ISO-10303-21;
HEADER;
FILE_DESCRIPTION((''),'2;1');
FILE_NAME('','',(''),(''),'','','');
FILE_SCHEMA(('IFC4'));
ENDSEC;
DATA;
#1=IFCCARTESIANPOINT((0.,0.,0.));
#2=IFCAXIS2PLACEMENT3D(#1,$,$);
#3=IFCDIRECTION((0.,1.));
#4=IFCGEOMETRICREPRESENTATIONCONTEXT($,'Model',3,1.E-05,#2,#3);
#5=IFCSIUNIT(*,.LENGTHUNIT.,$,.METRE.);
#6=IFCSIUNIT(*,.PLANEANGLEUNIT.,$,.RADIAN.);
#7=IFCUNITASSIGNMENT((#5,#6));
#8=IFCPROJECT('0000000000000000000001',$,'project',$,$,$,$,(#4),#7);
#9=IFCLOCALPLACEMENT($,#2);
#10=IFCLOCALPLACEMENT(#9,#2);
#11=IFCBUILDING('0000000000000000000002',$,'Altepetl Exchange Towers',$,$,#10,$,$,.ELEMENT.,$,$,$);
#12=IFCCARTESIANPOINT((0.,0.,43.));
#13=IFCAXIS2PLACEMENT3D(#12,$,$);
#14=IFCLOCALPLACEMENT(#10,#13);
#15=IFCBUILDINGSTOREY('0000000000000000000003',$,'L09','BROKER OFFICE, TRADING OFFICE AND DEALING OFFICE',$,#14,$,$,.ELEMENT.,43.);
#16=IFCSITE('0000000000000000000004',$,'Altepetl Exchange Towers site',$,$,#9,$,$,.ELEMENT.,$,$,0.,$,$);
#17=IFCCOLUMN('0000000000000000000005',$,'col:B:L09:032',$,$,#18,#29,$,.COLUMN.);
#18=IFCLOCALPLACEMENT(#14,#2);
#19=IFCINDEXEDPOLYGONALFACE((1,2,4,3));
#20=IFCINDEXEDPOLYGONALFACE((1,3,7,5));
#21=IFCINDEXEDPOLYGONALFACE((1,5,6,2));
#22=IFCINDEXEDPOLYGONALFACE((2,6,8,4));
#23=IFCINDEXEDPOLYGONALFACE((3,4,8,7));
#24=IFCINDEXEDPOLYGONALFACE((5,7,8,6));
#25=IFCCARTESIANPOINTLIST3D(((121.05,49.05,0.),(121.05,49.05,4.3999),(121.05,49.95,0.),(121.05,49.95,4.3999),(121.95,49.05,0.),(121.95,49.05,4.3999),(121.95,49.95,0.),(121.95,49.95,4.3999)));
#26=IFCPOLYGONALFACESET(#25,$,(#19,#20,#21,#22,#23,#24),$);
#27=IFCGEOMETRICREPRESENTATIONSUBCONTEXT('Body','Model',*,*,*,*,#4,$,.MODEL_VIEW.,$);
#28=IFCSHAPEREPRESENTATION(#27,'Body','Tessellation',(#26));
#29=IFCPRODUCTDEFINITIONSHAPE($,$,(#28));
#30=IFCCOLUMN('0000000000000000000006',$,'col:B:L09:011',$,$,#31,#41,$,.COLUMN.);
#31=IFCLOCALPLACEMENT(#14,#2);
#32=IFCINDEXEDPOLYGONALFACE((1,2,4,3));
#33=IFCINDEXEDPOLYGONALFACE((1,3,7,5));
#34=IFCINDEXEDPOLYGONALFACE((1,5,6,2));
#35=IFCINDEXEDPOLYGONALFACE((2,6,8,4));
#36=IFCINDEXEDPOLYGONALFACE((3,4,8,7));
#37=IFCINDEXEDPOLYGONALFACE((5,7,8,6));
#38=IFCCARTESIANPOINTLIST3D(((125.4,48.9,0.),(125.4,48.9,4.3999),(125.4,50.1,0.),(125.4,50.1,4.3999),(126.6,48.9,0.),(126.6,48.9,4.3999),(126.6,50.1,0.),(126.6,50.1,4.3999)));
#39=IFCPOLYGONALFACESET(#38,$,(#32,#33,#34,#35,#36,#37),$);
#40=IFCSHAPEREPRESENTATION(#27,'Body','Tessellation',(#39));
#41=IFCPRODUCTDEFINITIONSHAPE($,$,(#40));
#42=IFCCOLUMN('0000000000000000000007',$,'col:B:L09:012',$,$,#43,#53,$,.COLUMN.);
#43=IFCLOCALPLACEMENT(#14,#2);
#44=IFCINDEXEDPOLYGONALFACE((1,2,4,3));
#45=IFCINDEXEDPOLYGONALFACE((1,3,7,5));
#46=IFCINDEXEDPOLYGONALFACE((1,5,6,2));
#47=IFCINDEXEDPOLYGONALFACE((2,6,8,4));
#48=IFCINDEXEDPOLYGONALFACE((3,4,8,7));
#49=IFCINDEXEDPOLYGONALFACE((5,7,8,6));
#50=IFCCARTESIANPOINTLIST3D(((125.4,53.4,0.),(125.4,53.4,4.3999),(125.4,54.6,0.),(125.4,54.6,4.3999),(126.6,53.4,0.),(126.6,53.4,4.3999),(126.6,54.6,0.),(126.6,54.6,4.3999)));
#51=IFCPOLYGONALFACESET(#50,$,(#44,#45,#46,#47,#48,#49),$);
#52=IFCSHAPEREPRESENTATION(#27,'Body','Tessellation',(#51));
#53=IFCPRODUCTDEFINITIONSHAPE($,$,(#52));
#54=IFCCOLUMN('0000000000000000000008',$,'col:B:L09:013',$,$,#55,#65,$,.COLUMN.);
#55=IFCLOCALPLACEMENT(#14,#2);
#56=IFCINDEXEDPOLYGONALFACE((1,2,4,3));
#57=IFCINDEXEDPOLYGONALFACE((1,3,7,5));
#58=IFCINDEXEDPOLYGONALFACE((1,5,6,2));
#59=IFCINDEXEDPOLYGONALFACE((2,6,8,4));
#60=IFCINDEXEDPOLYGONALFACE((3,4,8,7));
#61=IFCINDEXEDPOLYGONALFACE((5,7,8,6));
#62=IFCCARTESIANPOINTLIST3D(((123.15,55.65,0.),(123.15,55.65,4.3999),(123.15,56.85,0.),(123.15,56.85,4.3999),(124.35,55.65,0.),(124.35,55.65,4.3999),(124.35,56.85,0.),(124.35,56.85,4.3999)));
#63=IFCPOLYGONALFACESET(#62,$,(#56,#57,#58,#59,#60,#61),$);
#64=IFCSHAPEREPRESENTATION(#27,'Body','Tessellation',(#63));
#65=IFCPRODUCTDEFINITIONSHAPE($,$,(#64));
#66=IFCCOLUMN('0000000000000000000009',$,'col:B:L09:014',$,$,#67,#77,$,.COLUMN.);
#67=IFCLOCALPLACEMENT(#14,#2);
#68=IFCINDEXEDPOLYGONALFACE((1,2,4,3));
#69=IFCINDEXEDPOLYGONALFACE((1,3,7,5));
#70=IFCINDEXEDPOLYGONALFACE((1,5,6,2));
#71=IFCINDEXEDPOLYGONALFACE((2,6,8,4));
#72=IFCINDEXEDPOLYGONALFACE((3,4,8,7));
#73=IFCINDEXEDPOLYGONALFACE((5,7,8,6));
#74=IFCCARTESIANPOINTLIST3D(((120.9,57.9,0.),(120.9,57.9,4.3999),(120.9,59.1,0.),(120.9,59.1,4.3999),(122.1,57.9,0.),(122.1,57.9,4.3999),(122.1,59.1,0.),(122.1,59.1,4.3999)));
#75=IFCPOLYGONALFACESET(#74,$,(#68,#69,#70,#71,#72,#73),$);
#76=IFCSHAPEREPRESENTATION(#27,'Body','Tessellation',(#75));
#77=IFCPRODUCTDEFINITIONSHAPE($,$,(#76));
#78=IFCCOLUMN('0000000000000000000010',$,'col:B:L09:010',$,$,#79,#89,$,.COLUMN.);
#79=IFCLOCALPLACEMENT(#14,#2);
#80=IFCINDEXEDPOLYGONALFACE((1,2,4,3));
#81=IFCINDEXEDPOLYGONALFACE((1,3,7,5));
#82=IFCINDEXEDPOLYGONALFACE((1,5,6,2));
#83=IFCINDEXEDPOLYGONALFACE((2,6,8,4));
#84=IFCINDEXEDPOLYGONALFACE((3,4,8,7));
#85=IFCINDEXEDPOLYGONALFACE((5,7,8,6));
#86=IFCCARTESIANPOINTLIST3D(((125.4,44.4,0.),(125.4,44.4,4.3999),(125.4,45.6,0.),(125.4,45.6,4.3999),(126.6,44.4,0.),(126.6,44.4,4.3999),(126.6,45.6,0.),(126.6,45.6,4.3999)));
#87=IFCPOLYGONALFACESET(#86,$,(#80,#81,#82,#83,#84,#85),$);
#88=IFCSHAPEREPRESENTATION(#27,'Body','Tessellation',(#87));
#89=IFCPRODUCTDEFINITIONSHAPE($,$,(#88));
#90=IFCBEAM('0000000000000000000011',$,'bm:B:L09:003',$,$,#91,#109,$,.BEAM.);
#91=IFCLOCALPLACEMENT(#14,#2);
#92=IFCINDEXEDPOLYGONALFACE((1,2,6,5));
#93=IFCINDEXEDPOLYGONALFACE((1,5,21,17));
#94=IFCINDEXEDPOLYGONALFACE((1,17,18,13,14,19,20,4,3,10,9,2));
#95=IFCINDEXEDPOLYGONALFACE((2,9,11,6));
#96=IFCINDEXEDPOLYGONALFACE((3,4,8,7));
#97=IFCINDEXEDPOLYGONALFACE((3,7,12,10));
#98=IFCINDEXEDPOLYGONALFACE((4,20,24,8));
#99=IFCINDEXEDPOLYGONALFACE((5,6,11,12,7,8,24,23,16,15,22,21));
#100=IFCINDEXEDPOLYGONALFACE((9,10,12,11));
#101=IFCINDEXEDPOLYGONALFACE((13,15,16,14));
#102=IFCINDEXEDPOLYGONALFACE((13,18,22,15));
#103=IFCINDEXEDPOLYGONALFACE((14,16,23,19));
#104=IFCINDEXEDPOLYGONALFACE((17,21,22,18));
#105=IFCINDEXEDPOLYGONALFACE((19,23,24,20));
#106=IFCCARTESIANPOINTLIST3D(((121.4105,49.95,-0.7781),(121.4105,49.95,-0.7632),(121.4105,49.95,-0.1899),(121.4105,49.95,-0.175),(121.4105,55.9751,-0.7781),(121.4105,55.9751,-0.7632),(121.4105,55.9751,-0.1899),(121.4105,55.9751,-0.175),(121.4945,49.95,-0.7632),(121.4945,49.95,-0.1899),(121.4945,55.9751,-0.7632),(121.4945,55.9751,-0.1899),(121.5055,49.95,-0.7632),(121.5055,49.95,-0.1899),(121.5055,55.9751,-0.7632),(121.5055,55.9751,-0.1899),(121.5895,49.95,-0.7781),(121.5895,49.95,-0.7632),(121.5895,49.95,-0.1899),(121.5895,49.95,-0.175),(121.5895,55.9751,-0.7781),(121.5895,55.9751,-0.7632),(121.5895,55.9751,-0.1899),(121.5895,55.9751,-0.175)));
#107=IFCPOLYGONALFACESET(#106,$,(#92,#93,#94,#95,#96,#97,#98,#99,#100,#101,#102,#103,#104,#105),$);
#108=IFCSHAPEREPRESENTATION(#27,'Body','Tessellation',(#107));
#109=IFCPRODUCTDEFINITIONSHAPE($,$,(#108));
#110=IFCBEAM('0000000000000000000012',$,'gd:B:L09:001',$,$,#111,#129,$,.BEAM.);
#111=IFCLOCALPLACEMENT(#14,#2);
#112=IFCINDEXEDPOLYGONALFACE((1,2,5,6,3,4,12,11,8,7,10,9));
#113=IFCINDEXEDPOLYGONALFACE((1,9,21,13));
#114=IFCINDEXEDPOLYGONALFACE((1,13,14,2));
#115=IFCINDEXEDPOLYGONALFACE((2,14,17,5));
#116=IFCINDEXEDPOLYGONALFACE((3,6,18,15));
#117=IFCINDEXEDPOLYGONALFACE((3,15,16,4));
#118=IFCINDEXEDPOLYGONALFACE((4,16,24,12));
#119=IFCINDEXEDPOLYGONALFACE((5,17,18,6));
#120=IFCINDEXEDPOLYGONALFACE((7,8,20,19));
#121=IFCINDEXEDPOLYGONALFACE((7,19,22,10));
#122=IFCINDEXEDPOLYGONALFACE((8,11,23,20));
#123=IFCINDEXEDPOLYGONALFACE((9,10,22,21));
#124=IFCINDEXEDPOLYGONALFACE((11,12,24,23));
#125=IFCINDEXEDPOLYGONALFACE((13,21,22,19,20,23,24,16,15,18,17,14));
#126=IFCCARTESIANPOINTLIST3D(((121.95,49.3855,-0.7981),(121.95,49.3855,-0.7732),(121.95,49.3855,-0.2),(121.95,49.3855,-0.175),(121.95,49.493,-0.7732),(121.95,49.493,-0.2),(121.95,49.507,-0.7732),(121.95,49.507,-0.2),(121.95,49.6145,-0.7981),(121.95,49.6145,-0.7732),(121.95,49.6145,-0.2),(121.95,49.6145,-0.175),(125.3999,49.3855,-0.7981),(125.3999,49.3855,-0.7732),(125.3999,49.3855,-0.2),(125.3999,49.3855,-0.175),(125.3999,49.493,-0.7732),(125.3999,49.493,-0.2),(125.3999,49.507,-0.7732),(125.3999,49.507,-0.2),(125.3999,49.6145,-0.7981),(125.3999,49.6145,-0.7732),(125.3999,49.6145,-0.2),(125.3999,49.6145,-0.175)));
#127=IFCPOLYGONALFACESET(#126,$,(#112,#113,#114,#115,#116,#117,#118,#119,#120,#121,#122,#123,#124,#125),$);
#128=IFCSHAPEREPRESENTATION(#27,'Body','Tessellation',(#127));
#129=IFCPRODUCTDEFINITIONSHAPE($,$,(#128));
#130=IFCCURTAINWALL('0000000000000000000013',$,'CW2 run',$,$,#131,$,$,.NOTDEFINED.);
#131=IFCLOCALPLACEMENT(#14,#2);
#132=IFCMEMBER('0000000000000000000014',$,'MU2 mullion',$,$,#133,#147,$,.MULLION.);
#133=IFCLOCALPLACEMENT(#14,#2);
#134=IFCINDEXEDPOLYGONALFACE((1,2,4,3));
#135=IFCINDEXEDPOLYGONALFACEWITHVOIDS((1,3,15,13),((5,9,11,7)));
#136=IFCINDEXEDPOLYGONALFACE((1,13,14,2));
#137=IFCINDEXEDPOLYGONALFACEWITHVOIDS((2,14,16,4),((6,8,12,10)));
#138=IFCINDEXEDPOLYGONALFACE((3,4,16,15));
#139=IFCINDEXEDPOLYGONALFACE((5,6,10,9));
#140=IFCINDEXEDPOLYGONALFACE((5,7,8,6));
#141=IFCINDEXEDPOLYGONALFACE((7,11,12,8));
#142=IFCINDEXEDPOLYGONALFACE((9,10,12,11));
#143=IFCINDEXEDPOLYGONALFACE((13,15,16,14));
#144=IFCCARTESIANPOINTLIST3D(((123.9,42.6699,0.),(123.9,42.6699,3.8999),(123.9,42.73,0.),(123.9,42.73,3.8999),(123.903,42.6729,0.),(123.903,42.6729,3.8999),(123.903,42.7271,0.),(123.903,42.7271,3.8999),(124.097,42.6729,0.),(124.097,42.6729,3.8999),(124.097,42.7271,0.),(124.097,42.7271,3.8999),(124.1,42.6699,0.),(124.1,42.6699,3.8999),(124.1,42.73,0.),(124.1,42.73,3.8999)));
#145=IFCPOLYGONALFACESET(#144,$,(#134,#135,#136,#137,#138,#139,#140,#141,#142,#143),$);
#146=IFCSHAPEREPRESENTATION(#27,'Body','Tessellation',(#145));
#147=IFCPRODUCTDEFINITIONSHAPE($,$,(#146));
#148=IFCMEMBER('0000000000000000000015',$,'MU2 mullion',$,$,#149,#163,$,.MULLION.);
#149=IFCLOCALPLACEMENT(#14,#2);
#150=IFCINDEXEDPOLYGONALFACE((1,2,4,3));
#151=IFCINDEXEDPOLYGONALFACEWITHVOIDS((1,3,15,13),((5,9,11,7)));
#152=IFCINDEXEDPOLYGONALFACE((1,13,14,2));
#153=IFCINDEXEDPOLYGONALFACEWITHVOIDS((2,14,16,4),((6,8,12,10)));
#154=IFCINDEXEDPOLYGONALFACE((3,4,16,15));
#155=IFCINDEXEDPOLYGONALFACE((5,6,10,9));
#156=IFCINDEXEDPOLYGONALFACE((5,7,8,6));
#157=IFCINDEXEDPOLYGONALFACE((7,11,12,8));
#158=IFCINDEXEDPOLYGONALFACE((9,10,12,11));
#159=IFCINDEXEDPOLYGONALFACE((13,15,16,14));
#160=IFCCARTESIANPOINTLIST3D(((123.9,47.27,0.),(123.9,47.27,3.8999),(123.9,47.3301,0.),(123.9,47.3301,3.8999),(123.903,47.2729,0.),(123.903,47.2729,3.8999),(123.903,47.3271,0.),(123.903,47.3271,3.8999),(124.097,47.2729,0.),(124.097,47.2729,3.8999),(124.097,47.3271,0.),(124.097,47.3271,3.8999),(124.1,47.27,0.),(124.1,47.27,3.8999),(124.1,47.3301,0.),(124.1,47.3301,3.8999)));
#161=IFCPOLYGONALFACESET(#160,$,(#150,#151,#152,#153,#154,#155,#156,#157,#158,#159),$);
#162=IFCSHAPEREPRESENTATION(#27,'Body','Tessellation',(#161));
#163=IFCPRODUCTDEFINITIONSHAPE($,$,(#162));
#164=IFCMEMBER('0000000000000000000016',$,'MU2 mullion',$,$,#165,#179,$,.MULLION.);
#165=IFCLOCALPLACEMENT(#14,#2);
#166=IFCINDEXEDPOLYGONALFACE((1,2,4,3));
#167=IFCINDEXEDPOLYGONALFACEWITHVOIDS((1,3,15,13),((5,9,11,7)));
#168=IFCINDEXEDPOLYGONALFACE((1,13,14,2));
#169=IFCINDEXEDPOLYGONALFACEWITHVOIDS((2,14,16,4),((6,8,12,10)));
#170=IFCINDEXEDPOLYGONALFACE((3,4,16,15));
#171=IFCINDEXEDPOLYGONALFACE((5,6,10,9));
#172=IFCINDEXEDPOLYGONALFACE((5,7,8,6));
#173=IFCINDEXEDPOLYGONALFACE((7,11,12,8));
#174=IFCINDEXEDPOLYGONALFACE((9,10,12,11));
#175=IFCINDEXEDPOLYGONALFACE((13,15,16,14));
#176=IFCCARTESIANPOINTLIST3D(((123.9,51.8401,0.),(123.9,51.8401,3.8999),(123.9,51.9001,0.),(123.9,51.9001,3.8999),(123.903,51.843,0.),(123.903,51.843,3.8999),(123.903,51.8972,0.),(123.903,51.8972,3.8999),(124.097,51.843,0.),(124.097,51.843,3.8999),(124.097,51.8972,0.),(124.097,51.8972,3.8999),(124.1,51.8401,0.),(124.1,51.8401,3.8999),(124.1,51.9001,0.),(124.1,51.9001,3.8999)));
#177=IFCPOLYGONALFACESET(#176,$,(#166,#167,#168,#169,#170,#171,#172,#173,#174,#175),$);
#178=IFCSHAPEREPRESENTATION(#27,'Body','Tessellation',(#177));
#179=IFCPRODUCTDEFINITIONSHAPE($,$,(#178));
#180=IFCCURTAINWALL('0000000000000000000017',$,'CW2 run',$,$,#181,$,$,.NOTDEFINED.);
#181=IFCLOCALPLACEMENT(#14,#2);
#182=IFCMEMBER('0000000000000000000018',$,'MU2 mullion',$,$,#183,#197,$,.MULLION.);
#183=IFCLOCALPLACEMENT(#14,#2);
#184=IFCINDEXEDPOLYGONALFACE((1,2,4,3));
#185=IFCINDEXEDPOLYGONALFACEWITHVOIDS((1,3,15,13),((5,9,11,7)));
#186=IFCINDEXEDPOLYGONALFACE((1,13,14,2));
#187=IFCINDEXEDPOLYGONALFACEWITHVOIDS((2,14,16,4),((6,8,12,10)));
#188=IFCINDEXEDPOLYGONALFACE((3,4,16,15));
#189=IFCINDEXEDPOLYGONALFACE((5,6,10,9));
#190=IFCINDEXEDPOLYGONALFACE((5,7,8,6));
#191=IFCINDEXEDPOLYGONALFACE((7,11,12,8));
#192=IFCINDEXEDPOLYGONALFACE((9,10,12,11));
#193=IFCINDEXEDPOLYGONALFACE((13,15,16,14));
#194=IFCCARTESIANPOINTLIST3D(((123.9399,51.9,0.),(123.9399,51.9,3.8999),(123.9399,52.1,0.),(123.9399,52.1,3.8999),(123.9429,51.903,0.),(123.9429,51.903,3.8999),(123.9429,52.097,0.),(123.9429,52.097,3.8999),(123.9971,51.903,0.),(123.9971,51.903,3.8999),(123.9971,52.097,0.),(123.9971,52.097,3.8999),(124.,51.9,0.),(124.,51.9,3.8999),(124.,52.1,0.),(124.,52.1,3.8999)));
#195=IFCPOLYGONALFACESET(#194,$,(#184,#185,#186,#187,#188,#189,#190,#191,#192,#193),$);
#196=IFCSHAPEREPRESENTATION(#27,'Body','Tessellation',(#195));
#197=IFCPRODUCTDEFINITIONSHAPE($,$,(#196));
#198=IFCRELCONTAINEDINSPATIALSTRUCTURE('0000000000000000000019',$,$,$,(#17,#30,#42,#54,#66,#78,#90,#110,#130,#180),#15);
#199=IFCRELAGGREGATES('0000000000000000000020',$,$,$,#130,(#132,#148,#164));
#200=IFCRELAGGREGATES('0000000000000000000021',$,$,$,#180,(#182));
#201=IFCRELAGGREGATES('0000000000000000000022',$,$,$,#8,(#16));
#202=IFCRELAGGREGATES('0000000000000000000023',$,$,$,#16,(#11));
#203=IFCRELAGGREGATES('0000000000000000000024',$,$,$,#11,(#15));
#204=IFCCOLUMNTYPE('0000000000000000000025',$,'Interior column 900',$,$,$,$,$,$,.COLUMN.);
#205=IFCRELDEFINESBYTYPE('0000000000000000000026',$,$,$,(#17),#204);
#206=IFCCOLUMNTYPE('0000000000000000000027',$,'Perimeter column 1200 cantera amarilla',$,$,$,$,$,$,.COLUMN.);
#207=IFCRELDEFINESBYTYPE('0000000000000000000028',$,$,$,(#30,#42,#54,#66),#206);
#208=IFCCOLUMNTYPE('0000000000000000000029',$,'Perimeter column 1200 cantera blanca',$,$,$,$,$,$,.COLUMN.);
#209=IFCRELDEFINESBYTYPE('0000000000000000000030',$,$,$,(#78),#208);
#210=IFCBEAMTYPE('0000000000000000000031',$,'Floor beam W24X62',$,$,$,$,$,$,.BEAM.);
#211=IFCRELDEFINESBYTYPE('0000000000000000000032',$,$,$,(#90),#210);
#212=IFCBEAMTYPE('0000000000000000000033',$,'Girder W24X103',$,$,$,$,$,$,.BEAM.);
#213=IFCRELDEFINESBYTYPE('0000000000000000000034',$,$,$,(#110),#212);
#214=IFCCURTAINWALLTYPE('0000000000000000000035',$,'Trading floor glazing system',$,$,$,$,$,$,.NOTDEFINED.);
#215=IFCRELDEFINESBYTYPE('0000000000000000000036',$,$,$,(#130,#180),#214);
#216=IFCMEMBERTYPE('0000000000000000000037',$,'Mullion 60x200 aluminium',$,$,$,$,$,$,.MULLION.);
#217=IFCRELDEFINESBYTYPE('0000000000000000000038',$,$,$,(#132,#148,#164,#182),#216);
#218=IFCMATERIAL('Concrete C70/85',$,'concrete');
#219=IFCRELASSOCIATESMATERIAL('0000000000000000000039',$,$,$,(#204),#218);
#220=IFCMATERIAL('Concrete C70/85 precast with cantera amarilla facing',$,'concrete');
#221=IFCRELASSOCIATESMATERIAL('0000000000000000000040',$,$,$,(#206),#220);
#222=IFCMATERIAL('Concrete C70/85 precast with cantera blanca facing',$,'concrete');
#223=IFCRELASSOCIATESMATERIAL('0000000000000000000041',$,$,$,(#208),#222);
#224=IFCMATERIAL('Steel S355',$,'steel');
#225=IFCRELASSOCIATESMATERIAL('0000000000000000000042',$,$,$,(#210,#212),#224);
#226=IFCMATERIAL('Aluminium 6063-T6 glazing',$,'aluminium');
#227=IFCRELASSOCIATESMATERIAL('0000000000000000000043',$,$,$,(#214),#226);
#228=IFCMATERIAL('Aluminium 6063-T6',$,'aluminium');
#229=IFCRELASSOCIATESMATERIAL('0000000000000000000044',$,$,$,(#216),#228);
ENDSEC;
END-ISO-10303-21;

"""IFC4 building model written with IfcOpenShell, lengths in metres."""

from ifc_helpers import new_model, si_unit, direction, frame, origin, origin_2d, place, context, subcontext, project, spatial, rectangle, hollow_rectangle, i_section, extrude, material, material_profile, profile_set, type_object, element, aggregate, save


model = new_model("IFC4")

# Units and contexts
model_context = context("Model", 3, precision=1e-05, world=origin(), true_north=direction((0.0, 1.0)))
body_context = subcontext(model_context, "Body", "Model", "MODEL_VIEW")
ifc_project = project(units=[si_unit("LENGTHUNIT", "METRE"), si_unit("PLANEANGLEUNIT", "RADIAN")], contexts=[model_context])

# Site, building, storey
site_placement = place(None, origin())
site = spatial("IfcSite", under=ifc_project, at=site_placement, Name="Altepetl Exchange Towers site", CompositionType="ELEMENT", RefElevation=0.0)
building_placement = place(site_placement, origin())
building = spatial("IfcBuilding", under=site, at=building_placement, Name="Altepetl Exchange Towers", CompositionType="ELEMENT")
storey_placement = place(building_placement, frame((0.0, 0.0, 43.0)))
storey = spatial("IfcBuildingStorey", under=building, at=storey_placement, Name="L09", Description="BROKER OFFICE, TRADING OFFICE AND DEALING OFFICE", CompositionType="ELEMENT", Elevation=43.0)

# Columns
ifc_material_1 = material(Name="Concrete C70/85", Category="concrete")
ifc_material_profile_1 = material_profile(ifc_material_1, rectangle(XDim=0.8999, YDim=0.8999, at=origin_2d()), Name="900 x 900")
ifc_profile_set_1 = profile_set([ifc_material_profile_1], Name="Concrete C70/85")
column_type_1 = type_object("IfcColumnType", Name="Interior column 900", PredefinedType="COLUMN", material=ifc_profile_set_1)
column_1_placement = place(storey_placement, frame((121.5, 49.5, 0.0)))
element("IfcColumn", 1, at=column_1_placement, inside=storey, type_object=column_type_1, Name="col:B:L09:032", PredefinedType="COLUMN", context=body_context, shape_type="SweptSolid", body=[
    extrude(rectangle(XDim=0.8999, YDim=0.8999, at=origin_2d()), origin(), (0.0, 0.0, 1.0), 4.3999),
])
ifc_material_2 = material(Name="Concrete C70/85 precast with cantera amarilla facing", Category="concrete")
ifc_material_profile_2 = material_profile(ifc_material_2, rectangle(XDim=1.2, YDim=1.2, at=origin_2d()), Name="1200 x 1200")
ifc_profile_set_2 = profile_set([ifc_material_profile_2], Name="Concrete C70/85 precast with cantera amarilla facing")
column_type_2 = type_object("IfcColumnType", Name="Perimeter column 1200 cantera amarilla", PredefinedType="COLUMN", material=ifc_profile_set_2)
for number, where, name in (
    (2, (126.0, 49.5, 0.0), "col:B:L09:011"),
    (3, (126.0, 54.0, 0.0), "col:B:L09:012"),
    (4, (123.75, 56.25, 0.0), "col:B:L09:013"),
    (5, (121.5, 58.5, 0.0), "col:B:L09:014"),
):
    element("IfcColumn", number, at=place(storey_placement, frame(where)), inside=storey, type_object=column_type_2, Name=name, PredefinedType="COLUMN", context=body_context, shape_type="SweptSolid", body=[
        extrude(rectangle(XDim=1.2, YDim=1.2, at=origin_2d()), origin(), (0.0, 0.0, 1.0), 4.3999),
    ])
ifc_material_3 = material(Name="Concrete C70/85 precast with cantera blanca facing", Category="concrete")
ifc_material_profile_3 = material_profile(ifc_material_3, rectangle(XDim=1.2, YDim=1.2, at=origin_2d()), Name="1200 x 1200")
ifc_profile_set_3 = profile_set([ifc_material_profile_3], Name="Concrete C70/85 precast with cantera blanca facing")
column_type_3 = type_object("IfcColumnType", Name="Perimeter column 1200 cantera blanca", PredefinedType="COLUMN", material=ifc_profile_set_3)
column_2_placement = place(storey_placement, frame((126.0, 45.0, 0.0)))
element("IfcColumn", 6, at=column_2_placement, inside=storey, type_object=column_type_3, Name="col:B:L09:010", PredefinedType="COLUMN", context=body_context, shape_type="SweptSolid", body=[
    extrude(rectangle(XDim=1.2, YDim=1.2, at=origin_2d()), origin(), (0.0, 0.0, 1.0), 4.3999),
])

# Beams
ifc_material_4 = material(Name="Steel S355", Category="steel")
ifc_material_profile_4 = material_profile(ifc_material_4, i_section(OverallWidth=0.179, OverallDepth=0.603, WebThickness=0.011, FlangeThickness=0.0149, at=origin_2d()), Name="W24X62")
ifc_profile_set_4 = profile_set([ifc_material_profile_4], Name="Steel S355")
beam_type_1 = type_object("IfcBeamType", Name="Floor beam W24X62", PredefinedType="BEAM", material=ifc_profile_set_4)
beam_1_placement = place(storey_placement, frame((121.5, 49.95, -0.4766), z_axis=(0.0, 1.0, 0.0), x_axis=(-1.0, 0.0, 0.0)))
element("IfcBeam", 7, at=beam_1_placement, inside=storey, type_object=beam_type_1, Name="bm:B:L09:003", PredefinedType="BEAM", context=body_context, shape_type="SweptSolid", body=[
    extrude(i_section(OverallWidth=0.179, OverallDepth=0.603, WebThickness=0.011, FlangeThickness=0.0149, at=origin_2d()), origin(), (0.0, 0.0, 1.0), 6.0251),
])
ifc_material_profile_5 = material_profile(ifc_material_4, i_section(OverallWidth=0.229, OverallDepth=0.623, WebThickness=0.0139, FlangeThickness=0.0249, at=origin_2d()), Name="W24X103")
ifc_profile_set_5 = profile_set([ifc_material_profile_5], Name="Steel S355")
beam_type_2 = type_object("IfcBeamType", Name="Girder W24X103", PredefinedType="BEAM", material=ifc_profile_set_5)
beam_2_placement = place(storey_placement, frame((121.95, 49.5, -0.4866), z_axis=(1.0, 0.0, 0.0), x_axis=(0.0, 1.0, 0.0)))
element("IfcBeam", 8, at=beam_2_placement, inside=storey, type_object=beam_type_2, Name="gd:B:L09:001", PredefinedType="BEAM", context=body_context, shape_type="SweptSolid", body=[
    extrude(i_section(OverallWidth=0.229, OverallDepth=0.623, WebThickness=0.0139, FlangeThickness=0.0249, at=origin_2d()), origin(), (0.0, 0.0, 1.0), 3.45),
])

# Curtain walls, members
ifc_material_5 = material(Name="Aluminium 6063-T6 glazing", Category="aluminium")
curtain_wall_type = type_object("IfcCurtainWallType", Name="Trading floor glazing system", PredefinedType="NOTDEFINED", material=ifc_material_5)
curtain_wall_1_placement = place(storey_placement, origin())
curtain_wall_1 = element("IfcCurtainWall", 9, at=curtain_wall_1_placement, inside=storey, type_object=curtain_wall_type, Name="CW2 run", PredefinedType="NOTDEFINED")
ifc_material_6 = material(Name="Aluminium 6063-T6", Category="aluminium")
ifc_material_profile_6 = material_profile(ifc_material_6, hollow_rectangle(XDim=0.0601, YDim=0.2, WallThickness=0.0029, at=origin_2d()), Name="Mullion 60x200 aluminium")
ifc_profile_set_6 = profile_set([ifc_material_profile_6], Name="Aluminium 6063-T6")
member_type = type_object("IfcMemberType", Name="Mullion 60x200 aluminium", PredefinedType="MULLION", material=ifc_profile_set_6)
member_1_placement = place(storey_placement, frame((124.0, 42.7, 0.0), z_axis=(0.0, 0.0, 1.0), x_axis=(0.0, 1.0, 0.0)))
member_1 = element("IfcMember", 10, at=member_1_placement, type_object=member_type, Name="MU2 mullion", PredefinedType="MULLION", context=body_context, shape_type="SweptSolid", body=[
    extrude(hollow_rectangle(XDim=0.0601, YDim=0.2, WallThickness=0.0029, at=origin_2d()), origin(), (0.0, 0.0, 1.0), 3.8999),
])
member_2_placement = place(storey_placement, frame((124.0, 47.3, 0.0), z_axis=(0.0, 0.0, 1.0), x_axis=(0.0, 1.0, 0.0)))
member_2 = element("IfcMember", 11, at=member_2_placement, type_object=member_type, Name="MU2 mullion", PredefinedType="MULLION", context=body_context, shape_type="SweptSolid", body=[
    extrude(hollow_rectangle(XDim=0.0601, YDim=0.2, WallThickness=0.0029, at=origin_2d()), origin(), (0.0, 0.0, 1.0), 3.8999),
])
member_3_placement = place(storey_placement, frame((124.0, 51.8701, 0.0), z_axis=(0.0, 0.0, 1.0), x_axis=(0.0, 1.0, 0.0)))
member_3 = element("IfcMember", 12, at=member_3_placement, type_object=member_type, Name="MU2 mullion", PredefinedType="MULLION", context=body_context, shape_type="SweptSolid", body=[
    extrude(hollow_rectangle(XDim=0.0601, YDim=0.2, WallThickness=0.0029, at=origin_2d()), origin(), (0.0, 0.0, 1.0), 3.8999),
])
curtain_wall_2_placement = place(storey_placement, origin())
curtain_wall_2 = element("IfcCurtainWall", 13, at=curtain_wall_2_placement, inside=storey, type_object=curtain_wall_type, Name="CW2 run", PredefinedType="NOTDEFINED")
member_4_placement = place(storey_placement, frame((123.97, 52.0, 0.0), z_axis=(0.0, 0.0, 1.0), x_axis=(-1.0, 0.0, 0.0)))
member_4 = element("IfcMember", 14, at=member_4_placement, type_object=member_type, Name="MU2 mullion", PredefinedType="MULLION", context=body_context, shape_type="SweptSolid", body=[
    extrude(hollow_rectangle(XDim=0.0601, YDim=0.2, WallThickness=0.0029, at=origin_2d()), origin(), (0.0, 0.0, 1.0), 3.8999),
])

aggregate(curtain_wall_1, [member_1, member_2, member_3])
aggregate(curtain_wall_2, [member_4])

save(model, "model.ifc")
